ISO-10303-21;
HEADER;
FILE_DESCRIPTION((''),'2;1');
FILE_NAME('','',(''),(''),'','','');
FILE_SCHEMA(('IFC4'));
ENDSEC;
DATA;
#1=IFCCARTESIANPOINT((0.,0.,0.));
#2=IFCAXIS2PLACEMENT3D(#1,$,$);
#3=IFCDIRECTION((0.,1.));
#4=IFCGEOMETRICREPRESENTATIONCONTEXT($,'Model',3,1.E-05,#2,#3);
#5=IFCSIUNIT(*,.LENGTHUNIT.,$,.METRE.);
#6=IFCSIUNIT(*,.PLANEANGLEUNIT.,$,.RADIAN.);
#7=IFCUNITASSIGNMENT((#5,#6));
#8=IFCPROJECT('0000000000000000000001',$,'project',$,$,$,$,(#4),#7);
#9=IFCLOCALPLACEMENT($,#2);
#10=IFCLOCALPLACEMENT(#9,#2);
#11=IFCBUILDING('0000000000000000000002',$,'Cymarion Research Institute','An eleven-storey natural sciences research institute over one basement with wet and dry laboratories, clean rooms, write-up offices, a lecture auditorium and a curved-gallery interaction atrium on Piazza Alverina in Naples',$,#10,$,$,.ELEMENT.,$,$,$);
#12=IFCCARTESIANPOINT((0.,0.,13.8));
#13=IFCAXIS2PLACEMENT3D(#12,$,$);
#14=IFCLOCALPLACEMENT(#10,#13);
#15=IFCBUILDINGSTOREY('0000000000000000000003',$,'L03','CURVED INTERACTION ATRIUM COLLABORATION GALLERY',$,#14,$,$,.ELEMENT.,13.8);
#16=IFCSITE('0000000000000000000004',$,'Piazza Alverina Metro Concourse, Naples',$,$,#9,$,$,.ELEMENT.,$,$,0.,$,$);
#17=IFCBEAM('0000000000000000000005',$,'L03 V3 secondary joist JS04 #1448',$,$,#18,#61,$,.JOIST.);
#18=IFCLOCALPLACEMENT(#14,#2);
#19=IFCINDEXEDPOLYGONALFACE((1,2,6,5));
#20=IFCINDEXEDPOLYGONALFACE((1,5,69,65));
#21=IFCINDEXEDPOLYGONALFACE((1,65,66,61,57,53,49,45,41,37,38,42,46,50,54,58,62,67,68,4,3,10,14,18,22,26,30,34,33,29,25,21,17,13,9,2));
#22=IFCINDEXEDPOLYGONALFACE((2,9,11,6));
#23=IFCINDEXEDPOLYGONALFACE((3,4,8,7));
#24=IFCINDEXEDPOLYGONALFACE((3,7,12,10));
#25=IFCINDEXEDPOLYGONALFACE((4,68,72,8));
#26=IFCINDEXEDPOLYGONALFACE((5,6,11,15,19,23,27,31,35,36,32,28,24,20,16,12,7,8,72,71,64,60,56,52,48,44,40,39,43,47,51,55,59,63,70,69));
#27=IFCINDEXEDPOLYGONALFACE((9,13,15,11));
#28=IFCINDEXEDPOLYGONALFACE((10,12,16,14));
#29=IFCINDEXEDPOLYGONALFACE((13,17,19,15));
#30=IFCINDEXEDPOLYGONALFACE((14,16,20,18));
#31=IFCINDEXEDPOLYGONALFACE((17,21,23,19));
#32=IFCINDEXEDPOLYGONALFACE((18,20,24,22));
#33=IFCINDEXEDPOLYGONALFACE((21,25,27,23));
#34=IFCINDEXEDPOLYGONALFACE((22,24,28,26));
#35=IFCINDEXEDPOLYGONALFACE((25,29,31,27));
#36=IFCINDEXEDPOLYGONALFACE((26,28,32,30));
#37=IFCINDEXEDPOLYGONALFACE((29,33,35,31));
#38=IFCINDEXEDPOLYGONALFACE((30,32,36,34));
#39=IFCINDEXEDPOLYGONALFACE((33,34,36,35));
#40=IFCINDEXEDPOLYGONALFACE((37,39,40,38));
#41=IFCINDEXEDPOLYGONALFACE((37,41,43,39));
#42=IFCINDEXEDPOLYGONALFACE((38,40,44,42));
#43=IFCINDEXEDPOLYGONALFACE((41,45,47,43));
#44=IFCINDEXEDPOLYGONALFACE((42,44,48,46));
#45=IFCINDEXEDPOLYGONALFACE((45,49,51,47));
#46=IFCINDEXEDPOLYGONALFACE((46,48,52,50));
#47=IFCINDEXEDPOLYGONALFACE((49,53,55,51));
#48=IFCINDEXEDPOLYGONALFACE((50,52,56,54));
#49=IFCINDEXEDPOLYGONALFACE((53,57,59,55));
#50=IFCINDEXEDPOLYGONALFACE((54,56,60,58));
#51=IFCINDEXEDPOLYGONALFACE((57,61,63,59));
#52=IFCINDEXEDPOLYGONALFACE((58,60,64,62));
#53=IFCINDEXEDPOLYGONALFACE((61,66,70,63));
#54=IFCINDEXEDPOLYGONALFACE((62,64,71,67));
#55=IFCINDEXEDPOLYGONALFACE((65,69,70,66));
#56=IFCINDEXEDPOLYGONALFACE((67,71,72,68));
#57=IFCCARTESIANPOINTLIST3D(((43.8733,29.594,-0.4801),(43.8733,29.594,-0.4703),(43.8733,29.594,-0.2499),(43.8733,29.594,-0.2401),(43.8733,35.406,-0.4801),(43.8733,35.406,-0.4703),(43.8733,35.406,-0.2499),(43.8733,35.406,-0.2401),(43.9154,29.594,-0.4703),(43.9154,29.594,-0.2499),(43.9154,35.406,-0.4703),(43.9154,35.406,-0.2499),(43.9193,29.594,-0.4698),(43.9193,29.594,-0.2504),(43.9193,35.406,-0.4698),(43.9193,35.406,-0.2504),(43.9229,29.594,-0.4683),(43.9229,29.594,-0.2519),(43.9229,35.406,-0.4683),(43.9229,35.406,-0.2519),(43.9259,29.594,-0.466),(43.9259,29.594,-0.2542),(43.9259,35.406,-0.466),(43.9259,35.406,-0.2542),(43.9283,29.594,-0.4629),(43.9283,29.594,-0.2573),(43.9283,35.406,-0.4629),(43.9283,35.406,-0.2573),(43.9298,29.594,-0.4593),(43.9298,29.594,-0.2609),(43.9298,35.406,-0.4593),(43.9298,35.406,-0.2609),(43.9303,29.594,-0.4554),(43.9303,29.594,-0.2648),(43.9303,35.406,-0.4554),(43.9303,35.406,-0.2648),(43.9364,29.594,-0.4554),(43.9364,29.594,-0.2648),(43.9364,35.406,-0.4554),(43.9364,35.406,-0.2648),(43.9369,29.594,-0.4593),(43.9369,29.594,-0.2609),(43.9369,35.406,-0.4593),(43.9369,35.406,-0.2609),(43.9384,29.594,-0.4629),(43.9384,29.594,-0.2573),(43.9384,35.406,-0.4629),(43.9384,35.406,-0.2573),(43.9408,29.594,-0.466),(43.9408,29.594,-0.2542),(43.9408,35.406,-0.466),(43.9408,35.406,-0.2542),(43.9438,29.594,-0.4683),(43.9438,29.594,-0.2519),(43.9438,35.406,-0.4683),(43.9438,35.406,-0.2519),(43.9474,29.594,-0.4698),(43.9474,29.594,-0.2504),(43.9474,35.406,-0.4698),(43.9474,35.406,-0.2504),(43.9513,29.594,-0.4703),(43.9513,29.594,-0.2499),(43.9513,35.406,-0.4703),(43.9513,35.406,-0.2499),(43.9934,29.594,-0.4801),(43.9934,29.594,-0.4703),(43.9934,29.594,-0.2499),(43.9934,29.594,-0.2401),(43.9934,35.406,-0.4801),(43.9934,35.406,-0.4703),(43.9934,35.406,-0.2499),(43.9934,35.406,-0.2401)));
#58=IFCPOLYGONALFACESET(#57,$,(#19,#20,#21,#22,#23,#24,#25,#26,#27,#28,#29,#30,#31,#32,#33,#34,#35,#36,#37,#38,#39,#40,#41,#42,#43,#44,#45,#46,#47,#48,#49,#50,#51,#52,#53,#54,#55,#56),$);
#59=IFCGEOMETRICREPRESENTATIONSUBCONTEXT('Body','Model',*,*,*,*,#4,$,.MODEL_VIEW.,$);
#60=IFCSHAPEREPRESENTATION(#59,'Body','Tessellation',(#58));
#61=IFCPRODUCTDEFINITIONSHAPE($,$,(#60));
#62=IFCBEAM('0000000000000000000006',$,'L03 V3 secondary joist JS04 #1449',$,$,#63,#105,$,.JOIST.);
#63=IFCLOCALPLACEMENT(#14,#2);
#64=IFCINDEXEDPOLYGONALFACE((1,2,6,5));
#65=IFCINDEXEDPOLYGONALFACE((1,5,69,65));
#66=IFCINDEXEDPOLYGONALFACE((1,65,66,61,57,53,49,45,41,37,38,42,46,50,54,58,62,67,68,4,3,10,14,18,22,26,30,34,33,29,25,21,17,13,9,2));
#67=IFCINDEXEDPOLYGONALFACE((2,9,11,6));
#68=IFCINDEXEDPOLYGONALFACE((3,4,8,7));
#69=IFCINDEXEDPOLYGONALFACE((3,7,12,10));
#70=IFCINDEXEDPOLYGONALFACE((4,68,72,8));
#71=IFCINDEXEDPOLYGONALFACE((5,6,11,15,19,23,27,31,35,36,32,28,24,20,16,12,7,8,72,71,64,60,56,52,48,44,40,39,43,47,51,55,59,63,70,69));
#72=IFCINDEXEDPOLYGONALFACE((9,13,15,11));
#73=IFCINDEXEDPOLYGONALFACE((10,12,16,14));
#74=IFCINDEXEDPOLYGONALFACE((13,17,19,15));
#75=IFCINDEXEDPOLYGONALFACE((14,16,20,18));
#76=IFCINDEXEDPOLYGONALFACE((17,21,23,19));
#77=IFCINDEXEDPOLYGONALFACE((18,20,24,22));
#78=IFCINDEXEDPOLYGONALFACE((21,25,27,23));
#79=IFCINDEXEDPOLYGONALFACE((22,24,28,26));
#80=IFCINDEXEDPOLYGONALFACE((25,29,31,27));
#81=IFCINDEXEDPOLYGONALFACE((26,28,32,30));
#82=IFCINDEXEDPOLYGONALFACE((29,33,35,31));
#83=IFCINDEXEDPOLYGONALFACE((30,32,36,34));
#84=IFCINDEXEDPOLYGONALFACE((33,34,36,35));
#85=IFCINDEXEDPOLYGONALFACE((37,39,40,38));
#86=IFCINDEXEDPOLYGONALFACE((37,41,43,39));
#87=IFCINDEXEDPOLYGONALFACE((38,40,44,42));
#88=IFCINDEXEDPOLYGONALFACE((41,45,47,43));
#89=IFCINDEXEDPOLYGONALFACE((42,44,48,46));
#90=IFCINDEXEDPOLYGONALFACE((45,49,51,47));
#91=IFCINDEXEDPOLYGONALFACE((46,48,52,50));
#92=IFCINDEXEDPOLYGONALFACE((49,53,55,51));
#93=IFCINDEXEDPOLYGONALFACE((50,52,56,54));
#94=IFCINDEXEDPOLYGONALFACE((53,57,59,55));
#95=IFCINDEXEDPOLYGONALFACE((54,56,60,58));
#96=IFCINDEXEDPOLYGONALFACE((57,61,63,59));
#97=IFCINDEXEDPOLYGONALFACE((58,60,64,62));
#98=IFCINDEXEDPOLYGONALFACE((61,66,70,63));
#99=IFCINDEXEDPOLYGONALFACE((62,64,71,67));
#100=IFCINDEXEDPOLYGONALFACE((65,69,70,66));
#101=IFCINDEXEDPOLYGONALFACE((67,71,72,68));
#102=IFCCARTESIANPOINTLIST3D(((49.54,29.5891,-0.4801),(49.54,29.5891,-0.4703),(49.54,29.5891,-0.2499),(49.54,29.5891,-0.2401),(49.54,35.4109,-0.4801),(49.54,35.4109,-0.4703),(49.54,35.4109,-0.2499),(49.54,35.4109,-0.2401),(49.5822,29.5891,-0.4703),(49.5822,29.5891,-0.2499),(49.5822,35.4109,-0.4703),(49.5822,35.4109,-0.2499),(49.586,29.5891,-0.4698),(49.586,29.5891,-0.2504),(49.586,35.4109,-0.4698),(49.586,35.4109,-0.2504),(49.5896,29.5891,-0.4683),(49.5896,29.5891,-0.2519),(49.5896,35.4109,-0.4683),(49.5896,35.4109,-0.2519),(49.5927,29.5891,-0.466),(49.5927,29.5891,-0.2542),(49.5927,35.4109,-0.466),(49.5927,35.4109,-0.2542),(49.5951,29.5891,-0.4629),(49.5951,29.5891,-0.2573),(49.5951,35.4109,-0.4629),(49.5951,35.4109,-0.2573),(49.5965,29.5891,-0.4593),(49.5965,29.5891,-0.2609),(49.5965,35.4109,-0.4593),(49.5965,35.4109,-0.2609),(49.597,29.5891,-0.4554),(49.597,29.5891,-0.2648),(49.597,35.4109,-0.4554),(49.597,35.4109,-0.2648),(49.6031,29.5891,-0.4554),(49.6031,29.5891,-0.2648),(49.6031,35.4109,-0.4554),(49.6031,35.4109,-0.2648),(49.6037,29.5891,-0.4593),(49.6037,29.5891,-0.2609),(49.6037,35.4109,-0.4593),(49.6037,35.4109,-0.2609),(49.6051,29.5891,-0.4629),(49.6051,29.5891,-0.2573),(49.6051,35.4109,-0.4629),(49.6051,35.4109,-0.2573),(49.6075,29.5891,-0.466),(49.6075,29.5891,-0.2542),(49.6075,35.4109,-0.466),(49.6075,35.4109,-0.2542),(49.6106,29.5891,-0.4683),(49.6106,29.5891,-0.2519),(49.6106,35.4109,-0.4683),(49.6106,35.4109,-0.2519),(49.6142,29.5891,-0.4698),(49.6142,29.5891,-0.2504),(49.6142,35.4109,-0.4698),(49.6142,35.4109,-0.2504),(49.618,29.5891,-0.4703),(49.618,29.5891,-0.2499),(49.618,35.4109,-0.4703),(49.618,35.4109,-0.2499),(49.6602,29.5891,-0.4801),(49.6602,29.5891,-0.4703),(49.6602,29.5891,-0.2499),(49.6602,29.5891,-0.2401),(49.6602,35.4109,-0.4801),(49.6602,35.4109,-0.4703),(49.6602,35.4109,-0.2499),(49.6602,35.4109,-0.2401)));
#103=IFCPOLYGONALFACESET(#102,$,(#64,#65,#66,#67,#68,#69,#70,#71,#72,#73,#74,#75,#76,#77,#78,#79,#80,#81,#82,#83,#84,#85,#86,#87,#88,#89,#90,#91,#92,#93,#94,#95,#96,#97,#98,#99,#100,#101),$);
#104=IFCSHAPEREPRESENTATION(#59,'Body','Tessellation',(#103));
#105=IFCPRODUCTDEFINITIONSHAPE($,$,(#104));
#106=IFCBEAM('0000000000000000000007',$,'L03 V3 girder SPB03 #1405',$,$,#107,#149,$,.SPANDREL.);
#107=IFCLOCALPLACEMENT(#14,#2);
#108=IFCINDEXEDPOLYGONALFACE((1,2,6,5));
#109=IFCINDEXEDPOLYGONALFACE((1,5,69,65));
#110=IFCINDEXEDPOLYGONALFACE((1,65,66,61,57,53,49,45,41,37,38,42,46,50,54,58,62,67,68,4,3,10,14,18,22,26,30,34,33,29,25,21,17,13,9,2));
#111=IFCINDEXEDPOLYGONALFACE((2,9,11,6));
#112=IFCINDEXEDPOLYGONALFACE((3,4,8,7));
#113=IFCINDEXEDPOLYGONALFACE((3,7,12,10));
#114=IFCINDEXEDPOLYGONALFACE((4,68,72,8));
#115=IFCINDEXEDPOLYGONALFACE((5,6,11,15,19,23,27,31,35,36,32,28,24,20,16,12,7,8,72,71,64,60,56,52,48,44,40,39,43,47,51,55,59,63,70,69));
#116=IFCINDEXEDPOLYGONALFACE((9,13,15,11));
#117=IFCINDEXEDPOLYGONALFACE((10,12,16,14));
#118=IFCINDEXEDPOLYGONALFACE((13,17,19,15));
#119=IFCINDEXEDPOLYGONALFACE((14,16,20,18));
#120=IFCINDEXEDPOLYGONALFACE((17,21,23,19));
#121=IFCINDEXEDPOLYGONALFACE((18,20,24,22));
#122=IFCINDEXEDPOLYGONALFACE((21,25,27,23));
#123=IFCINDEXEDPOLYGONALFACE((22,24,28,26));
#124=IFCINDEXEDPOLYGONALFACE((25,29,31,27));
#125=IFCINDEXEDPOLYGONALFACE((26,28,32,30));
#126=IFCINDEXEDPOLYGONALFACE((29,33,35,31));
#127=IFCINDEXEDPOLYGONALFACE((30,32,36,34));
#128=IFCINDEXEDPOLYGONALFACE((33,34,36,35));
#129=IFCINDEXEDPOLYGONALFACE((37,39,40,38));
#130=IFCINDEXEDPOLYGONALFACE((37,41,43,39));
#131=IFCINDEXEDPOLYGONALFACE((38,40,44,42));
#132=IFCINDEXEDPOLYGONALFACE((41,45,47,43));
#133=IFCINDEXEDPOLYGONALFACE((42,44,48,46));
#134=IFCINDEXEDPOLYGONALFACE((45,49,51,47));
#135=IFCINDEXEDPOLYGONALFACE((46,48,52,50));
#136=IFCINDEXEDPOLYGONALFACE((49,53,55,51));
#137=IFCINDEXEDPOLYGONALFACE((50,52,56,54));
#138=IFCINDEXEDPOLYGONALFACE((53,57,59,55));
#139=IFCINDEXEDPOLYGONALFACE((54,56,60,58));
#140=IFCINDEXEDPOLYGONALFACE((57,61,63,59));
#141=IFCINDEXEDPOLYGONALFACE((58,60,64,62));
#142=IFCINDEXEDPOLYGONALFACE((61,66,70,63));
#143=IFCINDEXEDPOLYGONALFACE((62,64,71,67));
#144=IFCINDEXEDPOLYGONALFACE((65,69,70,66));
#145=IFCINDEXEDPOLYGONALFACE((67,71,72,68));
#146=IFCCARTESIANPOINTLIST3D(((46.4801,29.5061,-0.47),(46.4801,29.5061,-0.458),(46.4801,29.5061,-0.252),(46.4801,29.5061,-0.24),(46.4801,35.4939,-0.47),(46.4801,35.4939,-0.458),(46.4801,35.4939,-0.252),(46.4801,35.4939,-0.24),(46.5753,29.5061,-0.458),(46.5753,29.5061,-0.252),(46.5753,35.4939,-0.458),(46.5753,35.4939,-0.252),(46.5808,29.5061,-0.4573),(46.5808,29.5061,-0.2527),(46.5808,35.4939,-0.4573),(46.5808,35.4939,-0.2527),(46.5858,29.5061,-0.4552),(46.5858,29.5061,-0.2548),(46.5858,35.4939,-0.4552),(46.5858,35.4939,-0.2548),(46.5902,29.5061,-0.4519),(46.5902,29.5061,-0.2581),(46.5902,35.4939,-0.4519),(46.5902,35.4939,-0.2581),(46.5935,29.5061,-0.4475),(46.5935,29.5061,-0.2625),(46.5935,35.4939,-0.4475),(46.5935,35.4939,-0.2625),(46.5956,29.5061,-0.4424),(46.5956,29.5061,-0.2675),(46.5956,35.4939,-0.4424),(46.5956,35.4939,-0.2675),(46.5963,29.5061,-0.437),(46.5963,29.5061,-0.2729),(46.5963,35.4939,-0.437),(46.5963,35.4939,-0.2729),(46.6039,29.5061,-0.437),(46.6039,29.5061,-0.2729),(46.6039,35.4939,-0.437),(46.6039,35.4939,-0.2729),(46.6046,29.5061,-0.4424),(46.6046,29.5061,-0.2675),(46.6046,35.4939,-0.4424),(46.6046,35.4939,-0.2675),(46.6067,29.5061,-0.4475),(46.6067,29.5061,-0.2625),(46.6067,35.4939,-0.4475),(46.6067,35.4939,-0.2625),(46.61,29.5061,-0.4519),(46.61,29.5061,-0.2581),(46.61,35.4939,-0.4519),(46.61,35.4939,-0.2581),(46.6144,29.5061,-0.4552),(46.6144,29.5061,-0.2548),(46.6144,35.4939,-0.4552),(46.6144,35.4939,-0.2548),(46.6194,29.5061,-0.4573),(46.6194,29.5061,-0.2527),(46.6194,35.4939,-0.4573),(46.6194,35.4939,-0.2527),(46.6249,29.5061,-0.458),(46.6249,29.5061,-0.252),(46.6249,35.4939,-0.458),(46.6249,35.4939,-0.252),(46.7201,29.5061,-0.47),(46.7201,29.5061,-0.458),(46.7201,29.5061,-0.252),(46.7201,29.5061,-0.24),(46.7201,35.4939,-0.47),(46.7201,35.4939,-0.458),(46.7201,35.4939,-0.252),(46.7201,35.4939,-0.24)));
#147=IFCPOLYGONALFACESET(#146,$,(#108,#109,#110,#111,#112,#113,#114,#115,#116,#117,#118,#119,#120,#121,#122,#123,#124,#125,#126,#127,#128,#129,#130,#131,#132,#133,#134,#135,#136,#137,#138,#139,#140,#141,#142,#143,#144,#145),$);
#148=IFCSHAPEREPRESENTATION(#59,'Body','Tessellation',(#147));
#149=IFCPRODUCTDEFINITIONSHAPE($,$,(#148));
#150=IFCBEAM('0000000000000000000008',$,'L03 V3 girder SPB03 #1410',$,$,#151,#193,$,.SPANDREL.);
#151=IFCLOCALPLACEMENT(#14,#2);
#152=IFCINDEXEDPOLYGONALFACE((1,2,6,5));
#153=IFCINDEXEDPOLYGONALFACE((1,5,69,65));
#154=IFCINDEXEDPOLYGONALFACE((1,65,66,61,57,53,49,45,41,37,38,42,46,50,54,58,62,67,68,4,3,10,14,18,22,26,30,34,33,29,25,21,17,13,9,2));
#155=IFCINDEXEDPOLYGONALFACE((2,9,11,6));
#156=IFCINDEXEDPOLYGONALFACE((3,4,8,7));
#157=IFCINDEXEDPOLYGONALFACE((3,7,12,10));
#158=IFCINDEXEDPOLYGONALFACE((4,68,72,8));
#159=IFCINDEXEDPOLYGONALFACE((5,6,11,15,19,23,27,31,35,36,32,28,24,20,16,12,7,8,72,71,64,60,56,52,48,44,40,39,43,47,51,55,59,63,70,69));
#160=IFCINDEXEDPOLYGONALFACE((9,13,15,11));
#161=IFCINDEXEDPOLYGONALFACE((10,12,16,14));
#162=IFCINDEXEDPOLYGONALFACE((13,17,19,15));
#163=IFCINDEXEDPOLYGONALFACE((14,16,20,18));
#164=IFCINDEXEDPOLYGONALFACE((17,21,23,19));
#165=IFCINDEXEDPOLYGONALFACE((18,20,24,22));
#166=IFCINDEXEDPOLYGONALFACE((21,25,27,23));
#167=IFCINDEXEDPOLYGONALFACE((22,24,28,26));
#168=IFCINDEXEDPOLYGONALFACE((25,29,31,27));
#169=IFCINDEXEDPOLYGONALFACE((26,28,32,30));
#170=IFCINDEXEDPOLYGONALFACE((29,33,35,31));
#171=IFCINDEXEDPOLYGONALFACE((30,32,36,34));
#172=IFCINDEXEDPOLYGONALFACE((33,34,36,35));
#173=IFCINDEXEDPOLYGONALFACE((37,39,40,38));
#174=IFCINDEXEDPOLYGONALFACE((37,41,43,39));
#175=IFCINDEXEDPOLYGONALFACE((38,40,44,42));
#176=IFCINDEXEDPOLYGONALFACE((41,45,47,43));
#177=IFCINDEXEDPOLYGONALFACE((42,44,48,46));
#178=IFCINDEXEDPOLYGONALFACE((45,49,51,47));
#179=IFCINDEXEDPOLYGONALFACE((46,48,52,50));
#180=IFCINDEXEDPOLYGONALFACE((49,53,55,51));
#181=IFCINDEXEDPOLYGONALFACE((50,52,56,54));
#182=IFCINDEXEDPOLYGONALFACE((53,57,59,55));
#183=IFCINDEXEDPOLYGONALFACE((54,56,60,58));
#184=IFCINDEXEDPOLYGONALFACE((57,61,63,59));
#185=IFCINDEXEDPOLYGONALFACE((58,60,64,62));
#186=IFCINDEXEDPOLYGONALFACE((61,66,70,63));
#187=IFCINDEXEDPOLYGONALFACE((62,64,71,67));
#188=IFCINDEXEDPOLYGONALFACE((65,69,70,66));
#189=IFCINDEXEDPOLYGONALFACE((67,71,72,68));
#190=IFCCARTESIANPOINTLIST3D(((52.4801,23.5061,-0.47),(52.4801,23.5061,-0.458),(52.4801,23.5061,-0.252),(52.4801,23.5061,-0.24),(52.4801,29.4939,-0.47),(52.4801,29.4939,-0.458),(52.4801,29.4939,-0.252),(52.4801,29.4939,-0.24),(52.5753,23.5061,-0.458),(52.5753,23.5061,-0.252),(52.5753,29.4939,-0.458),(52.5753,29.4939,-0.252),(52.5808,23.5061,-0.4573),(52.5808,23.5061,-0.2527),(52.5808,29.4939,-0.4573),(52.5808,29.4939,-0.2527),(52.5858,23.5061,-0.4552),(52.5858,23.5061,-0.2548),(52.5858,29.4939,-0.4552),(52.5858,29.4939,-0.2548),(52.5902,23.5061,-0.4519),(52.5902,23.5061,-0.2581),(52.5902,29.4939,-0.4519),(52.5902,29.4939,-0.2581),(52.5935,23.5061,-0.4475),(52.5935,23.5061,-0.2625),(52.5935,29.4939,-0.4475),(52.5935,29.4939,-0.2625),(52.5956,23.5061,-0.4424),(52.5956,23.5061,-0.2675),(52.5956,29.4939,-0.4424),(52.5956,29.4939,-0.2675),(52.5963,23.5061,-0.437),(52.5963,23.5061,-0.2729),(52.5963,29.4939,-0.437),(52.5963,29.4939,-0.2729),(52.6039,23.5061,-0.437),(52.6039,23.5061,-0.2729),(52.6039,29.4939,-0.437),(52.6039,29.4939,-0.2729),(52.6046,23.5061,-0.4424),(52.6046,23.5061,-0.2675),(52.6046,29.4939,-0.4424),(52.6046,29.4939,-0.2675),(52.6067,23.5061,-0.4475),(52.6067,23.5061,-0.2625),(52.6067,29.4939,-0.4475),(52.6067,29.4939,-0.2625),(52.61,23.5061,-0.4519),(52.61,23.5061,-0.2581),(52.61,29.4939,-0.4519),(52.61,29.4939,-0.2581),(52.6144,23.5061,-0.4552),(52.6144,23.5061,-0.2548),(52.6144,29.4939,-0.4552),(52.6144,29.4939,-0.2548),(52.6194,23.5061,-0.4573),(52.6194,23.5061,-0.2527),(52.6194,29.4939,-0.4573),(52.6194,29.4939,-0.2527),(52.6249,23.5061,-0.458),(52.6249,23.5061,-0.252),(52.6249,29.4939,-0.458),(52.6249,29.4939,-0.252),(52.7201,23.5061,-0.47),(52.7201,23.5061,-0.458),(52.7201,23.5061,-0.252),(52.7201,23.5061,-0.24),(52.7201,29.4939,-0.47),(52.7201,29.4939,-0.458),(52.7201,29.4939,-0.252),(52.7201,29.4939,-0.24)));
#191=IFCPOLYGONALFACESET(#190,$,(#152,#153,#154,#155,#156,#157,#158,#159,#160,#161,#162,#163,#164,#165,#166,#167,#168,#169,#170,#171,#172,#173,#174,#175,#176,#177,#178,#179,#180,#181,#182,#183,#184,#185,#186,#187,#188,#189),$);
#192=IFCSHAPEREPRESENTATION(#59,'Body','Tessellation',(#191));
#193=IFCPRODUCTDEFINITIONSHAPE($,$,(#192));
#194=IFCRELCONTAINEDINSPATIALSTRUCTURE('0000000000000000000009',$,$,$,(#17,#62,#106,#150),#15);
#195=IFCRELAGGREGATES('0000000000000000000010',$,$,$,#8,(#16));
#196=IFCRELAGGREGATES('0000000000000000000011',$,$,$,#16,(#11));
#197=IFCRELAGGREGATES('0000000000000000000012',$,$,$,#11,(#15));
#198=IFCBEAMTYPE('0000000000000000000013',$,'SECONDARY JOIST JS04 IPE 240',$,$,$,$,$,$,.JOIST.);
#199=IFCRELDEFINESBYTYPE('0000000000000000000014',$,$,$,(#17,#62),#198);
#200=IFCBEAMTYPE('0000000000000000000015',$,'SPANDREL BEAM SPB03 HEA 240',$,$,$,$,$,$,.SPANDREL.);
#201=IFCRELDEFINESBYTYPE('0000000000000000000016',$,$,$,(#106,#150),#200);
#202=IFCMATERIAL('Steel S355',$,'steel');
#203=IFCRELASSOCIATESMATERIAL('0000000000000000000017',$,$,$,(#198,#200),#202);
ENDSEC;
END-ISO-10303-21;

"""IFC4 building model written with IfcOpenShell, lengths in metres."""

from ifc_helpers import new_model, si_unit, direction, frame, origin, origin_2d, place, context, subcontext, project, spatial, i_section, extrude, material, material_profile, profile_set, type_object, element, save


model = new_model("IFC4")

# Units and contexts
model_context = context("Model", 3, precision=1e-05, world=origin(), true_north=direction((0.0, 1.0)))
body_context = subcontext(model_context, "Body", "Model", "MODEL_VIEW")
ifc_project = project(units=[si_unit("LENGTHUNIT", "METRE"), si_unit("PLANEANGLEUNIT", "RADIAN")], contexts=[model_context])

# Site, building, storey
site_placement = place(None, origin())
site = spatial("IfcSite", under=ifc_project, at=site_placement, Name="Piazza Alverina Metro Concourse, Naples", CompositionType="ELEMENT", RefElevation=0.0)
building_placement = place(site_placement, origin())
building = spatial("IfcBuilding", under=site, at=building_placement, Name="Cymarion Research Institute", Description="An eleven-storey natural sciences research institute over one basement with wet and dry laboratories, clean rooms, write-up offices, a lecture auditorium and a curved-gallery interaction atrium on Piazza Alverina in Naples", CompositionType="ELEMENT")
storey_placement = place(building_placement, frame((0.0, 0.0, 13.8)))
storey = spatial("IfcBuildingStorey", under=building, at=storey_placement, Name="L03", Description="CURVED INTERACTION ATRIUM COLLABORATION GALLERY", CompositionType="ELEMENT", Elevation=13.8)

# Beams
ifc_material_1 = material(Name="Steel S355", Category="steel")
ifc_material_profile_1 = material_profile(ifc_material_1, i_section(OverallWidth=0.1201, OverallDepth=0.24, WebThickness=0.0061, FlangeThickness=0.0098, FilletRadius=0.0149, at=origin_2d()), Name="IPE 240")
ifc_profile_set_1 = profile_set([ifc_material_profile_1], Name="Steel S355")
beam_type_1 = type_object("IfcBeamType", Name="SECONDARY JOIST JS04 IPE 240", PredefinedType="JOIST", material=ifc_profile_set_1)
for number, where, z_axis, x_axis, name in (
    (1, (43.9333, 29.594, -0.3601), (0.0, 1.0, 0.0), (-1.0, 0.0, 0.0), "L03 V3 secondary joist JS04 #1448"),
):
    element("IfcBeam", number, at=place(storey_placement, frame(where, z_axis=z_axis, x_axis=x_axis)), inside=storey, type_object=beam_type_1, Name=name, PredefinedType="JOIST", context=body_context, shape_type="SweptSolid", body=[
        extrude(i_section(OverallWidth=0.1201, OverallDepth=0.24, WebThickness=0.0061, FlangeThickness=0.0098, FilletRadius=0.0149, at=origin_2d()), origin(), (0.0, 0.0, 1.0), 5.812),
    ])
beam_1_placement = place(storey_placement, frame((49.6001, 29.5891, -0.3601), z_axis=(0.0, 1.0, 0.0), x_axis=(-1.0, 0.0, 0.0)))
element("IfcBeam", 2, at=beam_1_placement, inside=storey, type_object=beam_type_1, Name="L03 V3 secondary joist JS04 #1449", PredefinedType="JOIST", context=body_context, shape_type="SweptSolid", body=[
    extrude(i_section(OverallWidth=0.1201, OverallDepth=0.24, WebThickness=0.0061, FlangeThickness=0.0098, FilletRadius=0.0149, at=origin_2d()), origin(), (0.0, 0.0, 1.0), 5.8218),
])
ifc_material_profile_2 = material_profile(ifc_material_1, i_section(OverallWidth=0.24, OverallDepth=0.23, WebThickness=0.0076, FlangeThickness=0.012, FilletRadius=0.021, at=origin_2d()), Name="HEA 240")
ifc_profile_set_2 = profile_set([ifc_material_profile_2], Name="Steel S355")
beam_type_2 = type_object("IfcBeamType", Name="SPANDREL BEAM SPB03 HEA 240", PredefinedType="SPANDREL", material=ifc_profile_set_2)
for number, where, z_axis, x_axis, name in (
    (3, (46.6001, 29.5061, -0.355), (0.0, 1.0, 0.0), (-1.0, 0.0, 0.0), "L03 V3 girder SPB03 #1405"),
    (4, (52.6001, 23.5061, -0.355), (0.0, 1.0, 0.0), (-1.0, 0.0, 0.0), "L03 V3 girder SPB03 #1410"),
):
    element("IfcBeam", number, at=place(storey_placement, frame(where, z_axis=z_axis, x_axis=x_axis)), inside=storey, type_object=beam_type_2, Name=name, PredefinedType="SPANDREL", context=body_context, shape_type="SweptSolid", body=[
        extrude(i_section(OverallWidth=0.24, OverallDepth=0.23, WebThickness=0.0076, FlangeThickness=0.012, FilletRadius=0.021, at=origin_2d()), origin(), (0.0, 0.0, 1.0), 5.9878),
    ])

save(model, "model.ifc")
